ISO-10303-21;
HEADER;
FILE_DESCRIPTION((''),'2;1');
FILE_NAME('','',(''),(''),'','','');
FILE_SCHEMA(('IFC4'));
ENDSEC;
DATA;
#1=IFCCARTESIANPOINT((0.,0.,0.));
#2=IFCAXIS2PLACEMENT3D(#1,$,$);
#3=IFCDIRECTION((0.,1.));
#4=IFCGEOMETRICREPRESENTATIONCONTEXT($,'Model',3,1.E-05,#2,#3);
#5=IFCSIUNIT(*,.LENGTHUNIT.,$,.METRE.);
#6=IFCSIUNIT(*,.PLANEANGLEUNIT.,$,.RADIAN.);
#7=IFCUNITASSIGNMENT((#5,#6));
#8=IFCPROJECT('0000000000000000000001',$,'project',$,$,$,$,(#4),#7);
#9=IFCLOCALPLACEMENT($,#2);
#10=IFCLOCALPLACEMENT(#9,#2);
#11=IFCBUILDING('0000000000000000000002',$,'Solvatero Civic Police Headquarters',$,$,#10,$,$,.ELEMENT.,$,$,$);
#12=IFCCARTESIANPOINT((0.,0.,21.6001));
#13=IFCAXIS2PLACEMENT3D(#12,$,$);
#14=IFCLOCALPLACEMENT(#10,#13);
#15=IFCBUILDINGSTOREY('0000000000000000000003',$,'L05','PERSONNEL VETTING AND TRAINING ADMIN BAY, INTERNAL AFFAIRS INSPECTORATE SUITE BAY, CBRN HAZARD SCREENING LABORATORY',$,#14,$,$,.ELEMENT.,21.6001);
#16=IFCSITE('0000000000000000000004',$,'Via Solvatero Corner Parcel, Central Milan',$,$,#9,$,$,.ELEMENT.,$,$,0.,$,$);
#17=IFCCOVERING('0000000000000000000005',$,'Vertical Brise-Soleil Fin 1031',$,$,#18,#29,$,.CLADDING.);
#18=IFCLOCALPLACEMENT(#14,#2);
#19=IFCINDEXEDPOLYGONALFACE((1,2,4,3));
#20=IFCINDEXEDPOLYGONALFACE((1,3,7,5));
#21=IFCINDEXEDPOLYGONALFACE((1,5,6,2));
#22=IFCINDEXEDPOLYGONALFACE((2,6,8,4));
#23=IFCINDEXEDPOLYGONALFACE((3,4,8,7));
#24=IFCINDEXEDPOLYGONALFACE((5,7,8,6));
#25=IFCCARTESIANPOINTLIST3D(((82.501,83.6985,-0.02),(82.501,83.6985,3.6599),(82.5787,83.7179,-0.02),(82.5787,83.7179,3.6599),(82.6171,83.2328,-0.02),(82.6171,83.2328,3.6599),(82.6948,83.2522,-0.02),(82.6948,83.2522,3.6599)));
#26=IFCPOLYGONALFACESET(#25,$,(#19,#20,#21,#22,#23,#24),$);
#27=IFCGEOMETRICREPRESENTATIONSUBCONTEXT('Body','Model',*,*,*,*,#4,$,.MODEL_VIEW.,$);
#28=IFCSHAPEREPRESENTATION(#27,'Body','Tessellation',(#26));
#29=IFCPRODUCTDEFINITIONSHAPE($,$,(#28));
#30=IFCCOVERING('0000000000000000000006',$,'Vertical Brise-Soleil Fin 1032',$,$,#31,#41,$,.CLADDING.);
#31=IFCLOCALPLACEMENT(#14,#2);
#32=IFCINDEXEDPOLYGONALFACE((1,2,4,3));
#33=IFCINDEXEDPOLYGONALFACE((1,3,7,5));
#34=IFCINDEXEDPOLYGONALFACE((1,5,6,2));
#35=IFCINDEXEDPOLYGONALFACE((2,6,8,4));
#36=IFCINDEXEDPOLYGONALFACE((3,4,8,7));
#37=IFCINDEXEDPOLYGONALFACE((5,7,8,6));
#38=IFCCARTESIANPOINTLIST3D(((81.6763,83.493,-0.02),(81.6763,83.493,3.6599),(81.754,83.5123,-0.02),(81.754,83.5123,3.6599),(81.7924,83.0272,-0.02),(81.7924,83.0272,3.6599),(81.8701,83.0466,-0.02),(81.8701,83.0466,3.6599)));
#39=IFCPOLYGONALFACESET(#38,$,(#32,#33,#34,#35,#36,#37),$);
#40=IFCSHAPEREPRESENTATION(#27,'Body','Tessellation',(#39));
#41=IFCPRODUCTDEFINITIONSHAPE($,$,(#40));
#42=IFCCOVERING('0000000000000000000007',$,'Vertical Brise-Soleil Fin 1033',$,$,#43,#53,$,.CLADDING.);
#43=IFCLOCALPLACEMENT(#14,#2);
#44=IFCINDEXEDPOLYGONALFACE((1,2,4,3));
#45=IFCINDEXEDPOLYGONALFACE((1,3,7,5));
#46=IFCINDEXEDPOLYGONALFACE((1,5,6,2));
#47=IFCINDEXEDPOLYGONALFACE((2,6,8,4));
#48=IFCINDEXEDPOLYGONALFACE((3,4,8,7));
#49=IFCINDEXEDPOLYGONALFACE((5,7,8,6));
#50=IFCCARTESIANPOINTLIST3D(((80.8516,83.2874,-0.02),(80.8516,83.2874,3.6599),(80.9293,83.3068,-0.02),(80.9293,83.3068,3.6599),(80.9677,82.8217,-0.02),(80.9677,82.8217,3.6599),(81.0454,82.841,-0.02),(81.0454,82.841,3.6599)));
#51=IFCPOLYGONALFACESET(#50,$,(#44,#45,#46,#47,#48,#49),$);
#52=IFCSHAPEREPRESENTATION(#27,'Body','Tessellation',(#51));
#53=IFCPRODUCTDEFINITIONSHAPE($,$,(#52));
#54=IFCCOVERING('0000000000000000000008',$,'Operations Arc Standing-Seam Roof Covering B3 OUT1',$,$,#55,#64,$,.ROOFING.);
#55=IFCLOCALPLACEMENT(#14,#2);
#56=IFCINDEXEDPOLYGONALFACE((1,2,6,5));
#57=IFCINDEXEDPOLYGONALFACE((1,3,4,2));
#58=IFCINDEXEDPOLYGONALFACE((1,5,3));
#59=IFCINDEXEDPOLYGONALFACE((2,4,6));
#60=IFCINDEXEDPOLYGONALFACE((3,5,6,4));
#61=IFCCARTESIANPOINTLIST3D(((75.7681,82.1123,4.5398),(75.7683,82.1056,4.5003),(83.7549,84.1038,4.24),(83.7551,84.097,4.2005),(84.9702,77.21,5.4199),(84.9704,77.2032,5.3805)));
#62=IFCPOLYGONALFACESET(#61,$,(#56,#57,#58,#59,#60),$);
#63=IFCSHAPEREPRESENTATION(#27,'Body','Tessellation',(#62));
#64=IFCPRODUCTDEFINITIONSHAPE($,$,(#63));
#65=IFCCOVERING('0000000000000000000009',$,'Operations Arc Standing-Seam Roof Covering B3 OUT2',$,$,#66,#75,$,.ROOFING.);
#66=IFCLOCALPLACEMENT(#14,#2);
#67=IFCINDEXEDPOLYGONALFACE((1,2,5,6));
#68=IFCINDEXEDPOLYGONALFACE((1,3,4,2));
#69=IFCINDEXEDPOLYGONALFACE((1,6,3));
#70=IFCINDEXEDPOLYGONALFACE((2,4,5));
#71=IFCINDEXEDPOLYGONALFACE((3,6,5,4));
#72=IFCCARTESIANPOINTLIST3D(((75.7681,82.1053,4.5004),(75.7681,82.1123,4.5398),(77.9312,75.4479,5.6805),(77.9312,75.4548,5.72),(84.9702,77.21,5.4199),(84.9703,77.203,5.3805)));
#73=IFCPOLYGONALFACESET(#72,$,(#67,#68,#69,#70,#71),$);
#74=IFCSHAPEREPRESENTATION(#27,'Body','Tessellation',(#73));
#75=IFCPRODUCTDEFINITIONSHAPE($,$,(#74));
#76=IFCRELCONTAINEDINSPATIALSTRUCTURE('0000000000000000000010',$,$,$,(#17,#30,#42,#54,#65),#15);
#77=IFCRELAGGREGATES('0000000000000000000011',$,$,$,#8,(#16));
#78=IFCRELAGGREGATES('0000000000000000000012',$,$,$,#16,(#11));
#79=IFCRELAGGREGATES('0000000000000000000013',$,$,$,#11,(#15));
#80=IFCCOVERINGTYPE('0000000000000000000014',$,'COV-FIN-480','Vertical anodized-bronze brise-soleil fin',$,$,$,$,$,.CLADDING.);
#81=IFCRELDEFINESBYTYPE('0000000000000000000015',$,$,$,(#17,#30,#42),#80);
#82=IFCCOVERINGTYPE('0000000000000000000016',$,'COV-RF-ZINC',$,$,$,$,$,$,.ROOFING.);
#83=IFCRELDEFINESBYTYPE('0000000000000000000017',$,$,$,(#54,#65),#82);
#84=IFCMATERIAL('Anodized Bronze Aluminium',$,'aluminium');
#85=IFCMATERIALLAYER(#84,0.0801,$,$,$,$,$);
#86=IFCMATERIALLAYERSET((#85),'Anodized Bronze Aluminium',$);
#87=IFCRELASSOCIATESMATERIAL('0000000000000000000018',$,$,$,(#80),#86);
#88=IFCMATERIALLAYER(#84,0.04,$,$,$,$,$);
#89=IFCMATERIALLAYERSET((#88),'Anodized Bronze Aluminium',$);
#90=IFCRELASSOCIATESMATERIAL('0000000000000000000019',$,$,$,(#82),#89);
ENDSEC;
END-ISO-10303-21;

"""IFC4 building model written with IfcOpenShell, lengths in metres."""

from ifc_helpers import new_model, si_unit, direction, frame, origin, origin_2d, place, context, subcontext, project, spatial, polyline, rectangle, outline, extrude, material, layer, layer_set, type_object, element, save


model = new_model("IFC4")

# Units and contexts
model_context = context("Model", 3, precision=1e-05, world=origin(), true_north=direction((0.0, 1.0)))
body_context = subcontext(model_context, "Body", "Model", "MODEL_VIEW")
ifc_project = project(units=[si_unit("LENGTHUNIT", "METRE"), si_unit("PLANEANGLEUNIT", "RADIAN")], contexts=[model_context])

# Site, building, storey
site_placement = place(None, origin())
site = spatial("IfcSite", under=ifc_project, at=site_placement, Name="Via Solvatero Corner Parcel, Central Milan", CompositionType="ELEMENT", RefElevation=0.0)
building_placement = place(site_placement, origin())
building = spatial("IfcBuilding", under=site, at=building_placement, Name="Solvatero Civic Police Headquarters", CompositionType="ELEMENT")
storey_placement = place(building_placement, frame((0.0, 0.0, 21.6001)))
storey = spatial("IfcBuildingStorey", under=building, at=storey_placement, Name="L05", Description="PERSONNEL VETTING AND TRAINING ADMIN BAY, INTERNAL AFFAIRS INSPECTORATE SUITE BAY, CBRN HAZARD SCREENING LABORATORY", CompositionType="ELEMENT", Elevation=21.6001)

# Shared definitions
ifc_material_1 = material(Name="Anodized Bronze Aluminium", Category="aluminium")

# Coverings
ifc_layer_1 = layer(ifc_material_1, 0.0801)
ifc_layer_set_1 = layer_set([ifc_layer_1], Name="Anodized Bronze Aluminium")
covering_type_1 = type_object("IfcCoveringType", Name="COV-FIN-480", Description="Vertical anodized-bronze brise-soleil fin", PredefinedType="CLADDING", material=ifc_layer_set_1)
for number, where, z_axis, x_axis, name in (
    (1, (82.5979, 83.4753, -0.02), (0.0, 0.0, 1.0), (-0.970296, -0.241922, 0.0), "Vertical Brise-Soleil Fin 1031"),
    (2, (81.7732, 83.2698, -0.02), (0.0, 0.0, 1.0), (-0.970296, -0.241922, 0.0), "Vertical Brise-Soleil Fin 1032"),
    (3, (80.9485, 83.0642, -0.02), (0.0, 0.0, 1.0), (-0.970296, -0.241922, 0.0), "Vertical Brise-Soleil Fin 1033"),
):
    element("IfcCovering", number, at=place(storey_placement, frame(where, z_axis=z_axis, x_axis=x_axis)), inside=storey, type_object=covering_type_1, Name=name, PredefinedType="CLADDING", context=body_context, shape_type="SweptSolid", body=[
        extrude(rectangle(XDim=0.0801, YDim=0.48, at=origin_2d()), origin(), (0.0, 0.0, 1.0), 3.6799),
    ])
ifc_layer_2 = layer(ifc_material_1, 0.04)
ifc_layer_set_2 = layer_set([ifc_layer_2], Name="Anodized Bronze Aluminium")
covering_type_2 = type_object("IfcCoveringType", Name="COV-RF-ZINC", PredefinedType="ROOFING", material=ifc_layer_set_2)
covering_1_placement = place(storey_placement, frame((84.9702, 77.21, 5.4199), z_axis=(-0.004853, 0.167872, 0.985797), x_axis=(-0.171201, 0.971114, -0.166214)))
element("IfcCovering", 4, at=covering_1_placement, inside=storey, type_object=covering_type_2, Name="Operations Arc Standing-Seam Roof Covering B3 OUT1", PredefinedType="ROOFING", context=body_context, shape_type="SweptSolid", body=[
    extrude(outline(polyline([(0.0, 0.0), (7.0989, 0.0), (6.4824, 8.2137), (0.0, 0.0)])), origin(), (0.0, 0.0, -1.0), 0.04),
])
covering_2_placement = place(storey_placement, frame((84.9702, 77.21, 5.4199), z_axis=(-0.001434, 0.174097, 0.984727), x_axis=(-0.879443, 0.468514, -0.084113)))
element("IfcCovering", 5, at=covering_2_placement, inside=storey, type_object=covering_type_2, Name="Operations Arc Standing-Seam Roof Covering B3 OUT2", PredefinedType="ROOFING", context=body_context, shape_type="SweptSolid", body=[
    extrude(outline(polyline([(0.0, 0.0), (10.4636, 0.0), (5.3429, 4.9165), (0.0, 0.0)])), origin(), (0.0, 0.0, -1.0), 0.04),
])

save(model, "model.ifc")
